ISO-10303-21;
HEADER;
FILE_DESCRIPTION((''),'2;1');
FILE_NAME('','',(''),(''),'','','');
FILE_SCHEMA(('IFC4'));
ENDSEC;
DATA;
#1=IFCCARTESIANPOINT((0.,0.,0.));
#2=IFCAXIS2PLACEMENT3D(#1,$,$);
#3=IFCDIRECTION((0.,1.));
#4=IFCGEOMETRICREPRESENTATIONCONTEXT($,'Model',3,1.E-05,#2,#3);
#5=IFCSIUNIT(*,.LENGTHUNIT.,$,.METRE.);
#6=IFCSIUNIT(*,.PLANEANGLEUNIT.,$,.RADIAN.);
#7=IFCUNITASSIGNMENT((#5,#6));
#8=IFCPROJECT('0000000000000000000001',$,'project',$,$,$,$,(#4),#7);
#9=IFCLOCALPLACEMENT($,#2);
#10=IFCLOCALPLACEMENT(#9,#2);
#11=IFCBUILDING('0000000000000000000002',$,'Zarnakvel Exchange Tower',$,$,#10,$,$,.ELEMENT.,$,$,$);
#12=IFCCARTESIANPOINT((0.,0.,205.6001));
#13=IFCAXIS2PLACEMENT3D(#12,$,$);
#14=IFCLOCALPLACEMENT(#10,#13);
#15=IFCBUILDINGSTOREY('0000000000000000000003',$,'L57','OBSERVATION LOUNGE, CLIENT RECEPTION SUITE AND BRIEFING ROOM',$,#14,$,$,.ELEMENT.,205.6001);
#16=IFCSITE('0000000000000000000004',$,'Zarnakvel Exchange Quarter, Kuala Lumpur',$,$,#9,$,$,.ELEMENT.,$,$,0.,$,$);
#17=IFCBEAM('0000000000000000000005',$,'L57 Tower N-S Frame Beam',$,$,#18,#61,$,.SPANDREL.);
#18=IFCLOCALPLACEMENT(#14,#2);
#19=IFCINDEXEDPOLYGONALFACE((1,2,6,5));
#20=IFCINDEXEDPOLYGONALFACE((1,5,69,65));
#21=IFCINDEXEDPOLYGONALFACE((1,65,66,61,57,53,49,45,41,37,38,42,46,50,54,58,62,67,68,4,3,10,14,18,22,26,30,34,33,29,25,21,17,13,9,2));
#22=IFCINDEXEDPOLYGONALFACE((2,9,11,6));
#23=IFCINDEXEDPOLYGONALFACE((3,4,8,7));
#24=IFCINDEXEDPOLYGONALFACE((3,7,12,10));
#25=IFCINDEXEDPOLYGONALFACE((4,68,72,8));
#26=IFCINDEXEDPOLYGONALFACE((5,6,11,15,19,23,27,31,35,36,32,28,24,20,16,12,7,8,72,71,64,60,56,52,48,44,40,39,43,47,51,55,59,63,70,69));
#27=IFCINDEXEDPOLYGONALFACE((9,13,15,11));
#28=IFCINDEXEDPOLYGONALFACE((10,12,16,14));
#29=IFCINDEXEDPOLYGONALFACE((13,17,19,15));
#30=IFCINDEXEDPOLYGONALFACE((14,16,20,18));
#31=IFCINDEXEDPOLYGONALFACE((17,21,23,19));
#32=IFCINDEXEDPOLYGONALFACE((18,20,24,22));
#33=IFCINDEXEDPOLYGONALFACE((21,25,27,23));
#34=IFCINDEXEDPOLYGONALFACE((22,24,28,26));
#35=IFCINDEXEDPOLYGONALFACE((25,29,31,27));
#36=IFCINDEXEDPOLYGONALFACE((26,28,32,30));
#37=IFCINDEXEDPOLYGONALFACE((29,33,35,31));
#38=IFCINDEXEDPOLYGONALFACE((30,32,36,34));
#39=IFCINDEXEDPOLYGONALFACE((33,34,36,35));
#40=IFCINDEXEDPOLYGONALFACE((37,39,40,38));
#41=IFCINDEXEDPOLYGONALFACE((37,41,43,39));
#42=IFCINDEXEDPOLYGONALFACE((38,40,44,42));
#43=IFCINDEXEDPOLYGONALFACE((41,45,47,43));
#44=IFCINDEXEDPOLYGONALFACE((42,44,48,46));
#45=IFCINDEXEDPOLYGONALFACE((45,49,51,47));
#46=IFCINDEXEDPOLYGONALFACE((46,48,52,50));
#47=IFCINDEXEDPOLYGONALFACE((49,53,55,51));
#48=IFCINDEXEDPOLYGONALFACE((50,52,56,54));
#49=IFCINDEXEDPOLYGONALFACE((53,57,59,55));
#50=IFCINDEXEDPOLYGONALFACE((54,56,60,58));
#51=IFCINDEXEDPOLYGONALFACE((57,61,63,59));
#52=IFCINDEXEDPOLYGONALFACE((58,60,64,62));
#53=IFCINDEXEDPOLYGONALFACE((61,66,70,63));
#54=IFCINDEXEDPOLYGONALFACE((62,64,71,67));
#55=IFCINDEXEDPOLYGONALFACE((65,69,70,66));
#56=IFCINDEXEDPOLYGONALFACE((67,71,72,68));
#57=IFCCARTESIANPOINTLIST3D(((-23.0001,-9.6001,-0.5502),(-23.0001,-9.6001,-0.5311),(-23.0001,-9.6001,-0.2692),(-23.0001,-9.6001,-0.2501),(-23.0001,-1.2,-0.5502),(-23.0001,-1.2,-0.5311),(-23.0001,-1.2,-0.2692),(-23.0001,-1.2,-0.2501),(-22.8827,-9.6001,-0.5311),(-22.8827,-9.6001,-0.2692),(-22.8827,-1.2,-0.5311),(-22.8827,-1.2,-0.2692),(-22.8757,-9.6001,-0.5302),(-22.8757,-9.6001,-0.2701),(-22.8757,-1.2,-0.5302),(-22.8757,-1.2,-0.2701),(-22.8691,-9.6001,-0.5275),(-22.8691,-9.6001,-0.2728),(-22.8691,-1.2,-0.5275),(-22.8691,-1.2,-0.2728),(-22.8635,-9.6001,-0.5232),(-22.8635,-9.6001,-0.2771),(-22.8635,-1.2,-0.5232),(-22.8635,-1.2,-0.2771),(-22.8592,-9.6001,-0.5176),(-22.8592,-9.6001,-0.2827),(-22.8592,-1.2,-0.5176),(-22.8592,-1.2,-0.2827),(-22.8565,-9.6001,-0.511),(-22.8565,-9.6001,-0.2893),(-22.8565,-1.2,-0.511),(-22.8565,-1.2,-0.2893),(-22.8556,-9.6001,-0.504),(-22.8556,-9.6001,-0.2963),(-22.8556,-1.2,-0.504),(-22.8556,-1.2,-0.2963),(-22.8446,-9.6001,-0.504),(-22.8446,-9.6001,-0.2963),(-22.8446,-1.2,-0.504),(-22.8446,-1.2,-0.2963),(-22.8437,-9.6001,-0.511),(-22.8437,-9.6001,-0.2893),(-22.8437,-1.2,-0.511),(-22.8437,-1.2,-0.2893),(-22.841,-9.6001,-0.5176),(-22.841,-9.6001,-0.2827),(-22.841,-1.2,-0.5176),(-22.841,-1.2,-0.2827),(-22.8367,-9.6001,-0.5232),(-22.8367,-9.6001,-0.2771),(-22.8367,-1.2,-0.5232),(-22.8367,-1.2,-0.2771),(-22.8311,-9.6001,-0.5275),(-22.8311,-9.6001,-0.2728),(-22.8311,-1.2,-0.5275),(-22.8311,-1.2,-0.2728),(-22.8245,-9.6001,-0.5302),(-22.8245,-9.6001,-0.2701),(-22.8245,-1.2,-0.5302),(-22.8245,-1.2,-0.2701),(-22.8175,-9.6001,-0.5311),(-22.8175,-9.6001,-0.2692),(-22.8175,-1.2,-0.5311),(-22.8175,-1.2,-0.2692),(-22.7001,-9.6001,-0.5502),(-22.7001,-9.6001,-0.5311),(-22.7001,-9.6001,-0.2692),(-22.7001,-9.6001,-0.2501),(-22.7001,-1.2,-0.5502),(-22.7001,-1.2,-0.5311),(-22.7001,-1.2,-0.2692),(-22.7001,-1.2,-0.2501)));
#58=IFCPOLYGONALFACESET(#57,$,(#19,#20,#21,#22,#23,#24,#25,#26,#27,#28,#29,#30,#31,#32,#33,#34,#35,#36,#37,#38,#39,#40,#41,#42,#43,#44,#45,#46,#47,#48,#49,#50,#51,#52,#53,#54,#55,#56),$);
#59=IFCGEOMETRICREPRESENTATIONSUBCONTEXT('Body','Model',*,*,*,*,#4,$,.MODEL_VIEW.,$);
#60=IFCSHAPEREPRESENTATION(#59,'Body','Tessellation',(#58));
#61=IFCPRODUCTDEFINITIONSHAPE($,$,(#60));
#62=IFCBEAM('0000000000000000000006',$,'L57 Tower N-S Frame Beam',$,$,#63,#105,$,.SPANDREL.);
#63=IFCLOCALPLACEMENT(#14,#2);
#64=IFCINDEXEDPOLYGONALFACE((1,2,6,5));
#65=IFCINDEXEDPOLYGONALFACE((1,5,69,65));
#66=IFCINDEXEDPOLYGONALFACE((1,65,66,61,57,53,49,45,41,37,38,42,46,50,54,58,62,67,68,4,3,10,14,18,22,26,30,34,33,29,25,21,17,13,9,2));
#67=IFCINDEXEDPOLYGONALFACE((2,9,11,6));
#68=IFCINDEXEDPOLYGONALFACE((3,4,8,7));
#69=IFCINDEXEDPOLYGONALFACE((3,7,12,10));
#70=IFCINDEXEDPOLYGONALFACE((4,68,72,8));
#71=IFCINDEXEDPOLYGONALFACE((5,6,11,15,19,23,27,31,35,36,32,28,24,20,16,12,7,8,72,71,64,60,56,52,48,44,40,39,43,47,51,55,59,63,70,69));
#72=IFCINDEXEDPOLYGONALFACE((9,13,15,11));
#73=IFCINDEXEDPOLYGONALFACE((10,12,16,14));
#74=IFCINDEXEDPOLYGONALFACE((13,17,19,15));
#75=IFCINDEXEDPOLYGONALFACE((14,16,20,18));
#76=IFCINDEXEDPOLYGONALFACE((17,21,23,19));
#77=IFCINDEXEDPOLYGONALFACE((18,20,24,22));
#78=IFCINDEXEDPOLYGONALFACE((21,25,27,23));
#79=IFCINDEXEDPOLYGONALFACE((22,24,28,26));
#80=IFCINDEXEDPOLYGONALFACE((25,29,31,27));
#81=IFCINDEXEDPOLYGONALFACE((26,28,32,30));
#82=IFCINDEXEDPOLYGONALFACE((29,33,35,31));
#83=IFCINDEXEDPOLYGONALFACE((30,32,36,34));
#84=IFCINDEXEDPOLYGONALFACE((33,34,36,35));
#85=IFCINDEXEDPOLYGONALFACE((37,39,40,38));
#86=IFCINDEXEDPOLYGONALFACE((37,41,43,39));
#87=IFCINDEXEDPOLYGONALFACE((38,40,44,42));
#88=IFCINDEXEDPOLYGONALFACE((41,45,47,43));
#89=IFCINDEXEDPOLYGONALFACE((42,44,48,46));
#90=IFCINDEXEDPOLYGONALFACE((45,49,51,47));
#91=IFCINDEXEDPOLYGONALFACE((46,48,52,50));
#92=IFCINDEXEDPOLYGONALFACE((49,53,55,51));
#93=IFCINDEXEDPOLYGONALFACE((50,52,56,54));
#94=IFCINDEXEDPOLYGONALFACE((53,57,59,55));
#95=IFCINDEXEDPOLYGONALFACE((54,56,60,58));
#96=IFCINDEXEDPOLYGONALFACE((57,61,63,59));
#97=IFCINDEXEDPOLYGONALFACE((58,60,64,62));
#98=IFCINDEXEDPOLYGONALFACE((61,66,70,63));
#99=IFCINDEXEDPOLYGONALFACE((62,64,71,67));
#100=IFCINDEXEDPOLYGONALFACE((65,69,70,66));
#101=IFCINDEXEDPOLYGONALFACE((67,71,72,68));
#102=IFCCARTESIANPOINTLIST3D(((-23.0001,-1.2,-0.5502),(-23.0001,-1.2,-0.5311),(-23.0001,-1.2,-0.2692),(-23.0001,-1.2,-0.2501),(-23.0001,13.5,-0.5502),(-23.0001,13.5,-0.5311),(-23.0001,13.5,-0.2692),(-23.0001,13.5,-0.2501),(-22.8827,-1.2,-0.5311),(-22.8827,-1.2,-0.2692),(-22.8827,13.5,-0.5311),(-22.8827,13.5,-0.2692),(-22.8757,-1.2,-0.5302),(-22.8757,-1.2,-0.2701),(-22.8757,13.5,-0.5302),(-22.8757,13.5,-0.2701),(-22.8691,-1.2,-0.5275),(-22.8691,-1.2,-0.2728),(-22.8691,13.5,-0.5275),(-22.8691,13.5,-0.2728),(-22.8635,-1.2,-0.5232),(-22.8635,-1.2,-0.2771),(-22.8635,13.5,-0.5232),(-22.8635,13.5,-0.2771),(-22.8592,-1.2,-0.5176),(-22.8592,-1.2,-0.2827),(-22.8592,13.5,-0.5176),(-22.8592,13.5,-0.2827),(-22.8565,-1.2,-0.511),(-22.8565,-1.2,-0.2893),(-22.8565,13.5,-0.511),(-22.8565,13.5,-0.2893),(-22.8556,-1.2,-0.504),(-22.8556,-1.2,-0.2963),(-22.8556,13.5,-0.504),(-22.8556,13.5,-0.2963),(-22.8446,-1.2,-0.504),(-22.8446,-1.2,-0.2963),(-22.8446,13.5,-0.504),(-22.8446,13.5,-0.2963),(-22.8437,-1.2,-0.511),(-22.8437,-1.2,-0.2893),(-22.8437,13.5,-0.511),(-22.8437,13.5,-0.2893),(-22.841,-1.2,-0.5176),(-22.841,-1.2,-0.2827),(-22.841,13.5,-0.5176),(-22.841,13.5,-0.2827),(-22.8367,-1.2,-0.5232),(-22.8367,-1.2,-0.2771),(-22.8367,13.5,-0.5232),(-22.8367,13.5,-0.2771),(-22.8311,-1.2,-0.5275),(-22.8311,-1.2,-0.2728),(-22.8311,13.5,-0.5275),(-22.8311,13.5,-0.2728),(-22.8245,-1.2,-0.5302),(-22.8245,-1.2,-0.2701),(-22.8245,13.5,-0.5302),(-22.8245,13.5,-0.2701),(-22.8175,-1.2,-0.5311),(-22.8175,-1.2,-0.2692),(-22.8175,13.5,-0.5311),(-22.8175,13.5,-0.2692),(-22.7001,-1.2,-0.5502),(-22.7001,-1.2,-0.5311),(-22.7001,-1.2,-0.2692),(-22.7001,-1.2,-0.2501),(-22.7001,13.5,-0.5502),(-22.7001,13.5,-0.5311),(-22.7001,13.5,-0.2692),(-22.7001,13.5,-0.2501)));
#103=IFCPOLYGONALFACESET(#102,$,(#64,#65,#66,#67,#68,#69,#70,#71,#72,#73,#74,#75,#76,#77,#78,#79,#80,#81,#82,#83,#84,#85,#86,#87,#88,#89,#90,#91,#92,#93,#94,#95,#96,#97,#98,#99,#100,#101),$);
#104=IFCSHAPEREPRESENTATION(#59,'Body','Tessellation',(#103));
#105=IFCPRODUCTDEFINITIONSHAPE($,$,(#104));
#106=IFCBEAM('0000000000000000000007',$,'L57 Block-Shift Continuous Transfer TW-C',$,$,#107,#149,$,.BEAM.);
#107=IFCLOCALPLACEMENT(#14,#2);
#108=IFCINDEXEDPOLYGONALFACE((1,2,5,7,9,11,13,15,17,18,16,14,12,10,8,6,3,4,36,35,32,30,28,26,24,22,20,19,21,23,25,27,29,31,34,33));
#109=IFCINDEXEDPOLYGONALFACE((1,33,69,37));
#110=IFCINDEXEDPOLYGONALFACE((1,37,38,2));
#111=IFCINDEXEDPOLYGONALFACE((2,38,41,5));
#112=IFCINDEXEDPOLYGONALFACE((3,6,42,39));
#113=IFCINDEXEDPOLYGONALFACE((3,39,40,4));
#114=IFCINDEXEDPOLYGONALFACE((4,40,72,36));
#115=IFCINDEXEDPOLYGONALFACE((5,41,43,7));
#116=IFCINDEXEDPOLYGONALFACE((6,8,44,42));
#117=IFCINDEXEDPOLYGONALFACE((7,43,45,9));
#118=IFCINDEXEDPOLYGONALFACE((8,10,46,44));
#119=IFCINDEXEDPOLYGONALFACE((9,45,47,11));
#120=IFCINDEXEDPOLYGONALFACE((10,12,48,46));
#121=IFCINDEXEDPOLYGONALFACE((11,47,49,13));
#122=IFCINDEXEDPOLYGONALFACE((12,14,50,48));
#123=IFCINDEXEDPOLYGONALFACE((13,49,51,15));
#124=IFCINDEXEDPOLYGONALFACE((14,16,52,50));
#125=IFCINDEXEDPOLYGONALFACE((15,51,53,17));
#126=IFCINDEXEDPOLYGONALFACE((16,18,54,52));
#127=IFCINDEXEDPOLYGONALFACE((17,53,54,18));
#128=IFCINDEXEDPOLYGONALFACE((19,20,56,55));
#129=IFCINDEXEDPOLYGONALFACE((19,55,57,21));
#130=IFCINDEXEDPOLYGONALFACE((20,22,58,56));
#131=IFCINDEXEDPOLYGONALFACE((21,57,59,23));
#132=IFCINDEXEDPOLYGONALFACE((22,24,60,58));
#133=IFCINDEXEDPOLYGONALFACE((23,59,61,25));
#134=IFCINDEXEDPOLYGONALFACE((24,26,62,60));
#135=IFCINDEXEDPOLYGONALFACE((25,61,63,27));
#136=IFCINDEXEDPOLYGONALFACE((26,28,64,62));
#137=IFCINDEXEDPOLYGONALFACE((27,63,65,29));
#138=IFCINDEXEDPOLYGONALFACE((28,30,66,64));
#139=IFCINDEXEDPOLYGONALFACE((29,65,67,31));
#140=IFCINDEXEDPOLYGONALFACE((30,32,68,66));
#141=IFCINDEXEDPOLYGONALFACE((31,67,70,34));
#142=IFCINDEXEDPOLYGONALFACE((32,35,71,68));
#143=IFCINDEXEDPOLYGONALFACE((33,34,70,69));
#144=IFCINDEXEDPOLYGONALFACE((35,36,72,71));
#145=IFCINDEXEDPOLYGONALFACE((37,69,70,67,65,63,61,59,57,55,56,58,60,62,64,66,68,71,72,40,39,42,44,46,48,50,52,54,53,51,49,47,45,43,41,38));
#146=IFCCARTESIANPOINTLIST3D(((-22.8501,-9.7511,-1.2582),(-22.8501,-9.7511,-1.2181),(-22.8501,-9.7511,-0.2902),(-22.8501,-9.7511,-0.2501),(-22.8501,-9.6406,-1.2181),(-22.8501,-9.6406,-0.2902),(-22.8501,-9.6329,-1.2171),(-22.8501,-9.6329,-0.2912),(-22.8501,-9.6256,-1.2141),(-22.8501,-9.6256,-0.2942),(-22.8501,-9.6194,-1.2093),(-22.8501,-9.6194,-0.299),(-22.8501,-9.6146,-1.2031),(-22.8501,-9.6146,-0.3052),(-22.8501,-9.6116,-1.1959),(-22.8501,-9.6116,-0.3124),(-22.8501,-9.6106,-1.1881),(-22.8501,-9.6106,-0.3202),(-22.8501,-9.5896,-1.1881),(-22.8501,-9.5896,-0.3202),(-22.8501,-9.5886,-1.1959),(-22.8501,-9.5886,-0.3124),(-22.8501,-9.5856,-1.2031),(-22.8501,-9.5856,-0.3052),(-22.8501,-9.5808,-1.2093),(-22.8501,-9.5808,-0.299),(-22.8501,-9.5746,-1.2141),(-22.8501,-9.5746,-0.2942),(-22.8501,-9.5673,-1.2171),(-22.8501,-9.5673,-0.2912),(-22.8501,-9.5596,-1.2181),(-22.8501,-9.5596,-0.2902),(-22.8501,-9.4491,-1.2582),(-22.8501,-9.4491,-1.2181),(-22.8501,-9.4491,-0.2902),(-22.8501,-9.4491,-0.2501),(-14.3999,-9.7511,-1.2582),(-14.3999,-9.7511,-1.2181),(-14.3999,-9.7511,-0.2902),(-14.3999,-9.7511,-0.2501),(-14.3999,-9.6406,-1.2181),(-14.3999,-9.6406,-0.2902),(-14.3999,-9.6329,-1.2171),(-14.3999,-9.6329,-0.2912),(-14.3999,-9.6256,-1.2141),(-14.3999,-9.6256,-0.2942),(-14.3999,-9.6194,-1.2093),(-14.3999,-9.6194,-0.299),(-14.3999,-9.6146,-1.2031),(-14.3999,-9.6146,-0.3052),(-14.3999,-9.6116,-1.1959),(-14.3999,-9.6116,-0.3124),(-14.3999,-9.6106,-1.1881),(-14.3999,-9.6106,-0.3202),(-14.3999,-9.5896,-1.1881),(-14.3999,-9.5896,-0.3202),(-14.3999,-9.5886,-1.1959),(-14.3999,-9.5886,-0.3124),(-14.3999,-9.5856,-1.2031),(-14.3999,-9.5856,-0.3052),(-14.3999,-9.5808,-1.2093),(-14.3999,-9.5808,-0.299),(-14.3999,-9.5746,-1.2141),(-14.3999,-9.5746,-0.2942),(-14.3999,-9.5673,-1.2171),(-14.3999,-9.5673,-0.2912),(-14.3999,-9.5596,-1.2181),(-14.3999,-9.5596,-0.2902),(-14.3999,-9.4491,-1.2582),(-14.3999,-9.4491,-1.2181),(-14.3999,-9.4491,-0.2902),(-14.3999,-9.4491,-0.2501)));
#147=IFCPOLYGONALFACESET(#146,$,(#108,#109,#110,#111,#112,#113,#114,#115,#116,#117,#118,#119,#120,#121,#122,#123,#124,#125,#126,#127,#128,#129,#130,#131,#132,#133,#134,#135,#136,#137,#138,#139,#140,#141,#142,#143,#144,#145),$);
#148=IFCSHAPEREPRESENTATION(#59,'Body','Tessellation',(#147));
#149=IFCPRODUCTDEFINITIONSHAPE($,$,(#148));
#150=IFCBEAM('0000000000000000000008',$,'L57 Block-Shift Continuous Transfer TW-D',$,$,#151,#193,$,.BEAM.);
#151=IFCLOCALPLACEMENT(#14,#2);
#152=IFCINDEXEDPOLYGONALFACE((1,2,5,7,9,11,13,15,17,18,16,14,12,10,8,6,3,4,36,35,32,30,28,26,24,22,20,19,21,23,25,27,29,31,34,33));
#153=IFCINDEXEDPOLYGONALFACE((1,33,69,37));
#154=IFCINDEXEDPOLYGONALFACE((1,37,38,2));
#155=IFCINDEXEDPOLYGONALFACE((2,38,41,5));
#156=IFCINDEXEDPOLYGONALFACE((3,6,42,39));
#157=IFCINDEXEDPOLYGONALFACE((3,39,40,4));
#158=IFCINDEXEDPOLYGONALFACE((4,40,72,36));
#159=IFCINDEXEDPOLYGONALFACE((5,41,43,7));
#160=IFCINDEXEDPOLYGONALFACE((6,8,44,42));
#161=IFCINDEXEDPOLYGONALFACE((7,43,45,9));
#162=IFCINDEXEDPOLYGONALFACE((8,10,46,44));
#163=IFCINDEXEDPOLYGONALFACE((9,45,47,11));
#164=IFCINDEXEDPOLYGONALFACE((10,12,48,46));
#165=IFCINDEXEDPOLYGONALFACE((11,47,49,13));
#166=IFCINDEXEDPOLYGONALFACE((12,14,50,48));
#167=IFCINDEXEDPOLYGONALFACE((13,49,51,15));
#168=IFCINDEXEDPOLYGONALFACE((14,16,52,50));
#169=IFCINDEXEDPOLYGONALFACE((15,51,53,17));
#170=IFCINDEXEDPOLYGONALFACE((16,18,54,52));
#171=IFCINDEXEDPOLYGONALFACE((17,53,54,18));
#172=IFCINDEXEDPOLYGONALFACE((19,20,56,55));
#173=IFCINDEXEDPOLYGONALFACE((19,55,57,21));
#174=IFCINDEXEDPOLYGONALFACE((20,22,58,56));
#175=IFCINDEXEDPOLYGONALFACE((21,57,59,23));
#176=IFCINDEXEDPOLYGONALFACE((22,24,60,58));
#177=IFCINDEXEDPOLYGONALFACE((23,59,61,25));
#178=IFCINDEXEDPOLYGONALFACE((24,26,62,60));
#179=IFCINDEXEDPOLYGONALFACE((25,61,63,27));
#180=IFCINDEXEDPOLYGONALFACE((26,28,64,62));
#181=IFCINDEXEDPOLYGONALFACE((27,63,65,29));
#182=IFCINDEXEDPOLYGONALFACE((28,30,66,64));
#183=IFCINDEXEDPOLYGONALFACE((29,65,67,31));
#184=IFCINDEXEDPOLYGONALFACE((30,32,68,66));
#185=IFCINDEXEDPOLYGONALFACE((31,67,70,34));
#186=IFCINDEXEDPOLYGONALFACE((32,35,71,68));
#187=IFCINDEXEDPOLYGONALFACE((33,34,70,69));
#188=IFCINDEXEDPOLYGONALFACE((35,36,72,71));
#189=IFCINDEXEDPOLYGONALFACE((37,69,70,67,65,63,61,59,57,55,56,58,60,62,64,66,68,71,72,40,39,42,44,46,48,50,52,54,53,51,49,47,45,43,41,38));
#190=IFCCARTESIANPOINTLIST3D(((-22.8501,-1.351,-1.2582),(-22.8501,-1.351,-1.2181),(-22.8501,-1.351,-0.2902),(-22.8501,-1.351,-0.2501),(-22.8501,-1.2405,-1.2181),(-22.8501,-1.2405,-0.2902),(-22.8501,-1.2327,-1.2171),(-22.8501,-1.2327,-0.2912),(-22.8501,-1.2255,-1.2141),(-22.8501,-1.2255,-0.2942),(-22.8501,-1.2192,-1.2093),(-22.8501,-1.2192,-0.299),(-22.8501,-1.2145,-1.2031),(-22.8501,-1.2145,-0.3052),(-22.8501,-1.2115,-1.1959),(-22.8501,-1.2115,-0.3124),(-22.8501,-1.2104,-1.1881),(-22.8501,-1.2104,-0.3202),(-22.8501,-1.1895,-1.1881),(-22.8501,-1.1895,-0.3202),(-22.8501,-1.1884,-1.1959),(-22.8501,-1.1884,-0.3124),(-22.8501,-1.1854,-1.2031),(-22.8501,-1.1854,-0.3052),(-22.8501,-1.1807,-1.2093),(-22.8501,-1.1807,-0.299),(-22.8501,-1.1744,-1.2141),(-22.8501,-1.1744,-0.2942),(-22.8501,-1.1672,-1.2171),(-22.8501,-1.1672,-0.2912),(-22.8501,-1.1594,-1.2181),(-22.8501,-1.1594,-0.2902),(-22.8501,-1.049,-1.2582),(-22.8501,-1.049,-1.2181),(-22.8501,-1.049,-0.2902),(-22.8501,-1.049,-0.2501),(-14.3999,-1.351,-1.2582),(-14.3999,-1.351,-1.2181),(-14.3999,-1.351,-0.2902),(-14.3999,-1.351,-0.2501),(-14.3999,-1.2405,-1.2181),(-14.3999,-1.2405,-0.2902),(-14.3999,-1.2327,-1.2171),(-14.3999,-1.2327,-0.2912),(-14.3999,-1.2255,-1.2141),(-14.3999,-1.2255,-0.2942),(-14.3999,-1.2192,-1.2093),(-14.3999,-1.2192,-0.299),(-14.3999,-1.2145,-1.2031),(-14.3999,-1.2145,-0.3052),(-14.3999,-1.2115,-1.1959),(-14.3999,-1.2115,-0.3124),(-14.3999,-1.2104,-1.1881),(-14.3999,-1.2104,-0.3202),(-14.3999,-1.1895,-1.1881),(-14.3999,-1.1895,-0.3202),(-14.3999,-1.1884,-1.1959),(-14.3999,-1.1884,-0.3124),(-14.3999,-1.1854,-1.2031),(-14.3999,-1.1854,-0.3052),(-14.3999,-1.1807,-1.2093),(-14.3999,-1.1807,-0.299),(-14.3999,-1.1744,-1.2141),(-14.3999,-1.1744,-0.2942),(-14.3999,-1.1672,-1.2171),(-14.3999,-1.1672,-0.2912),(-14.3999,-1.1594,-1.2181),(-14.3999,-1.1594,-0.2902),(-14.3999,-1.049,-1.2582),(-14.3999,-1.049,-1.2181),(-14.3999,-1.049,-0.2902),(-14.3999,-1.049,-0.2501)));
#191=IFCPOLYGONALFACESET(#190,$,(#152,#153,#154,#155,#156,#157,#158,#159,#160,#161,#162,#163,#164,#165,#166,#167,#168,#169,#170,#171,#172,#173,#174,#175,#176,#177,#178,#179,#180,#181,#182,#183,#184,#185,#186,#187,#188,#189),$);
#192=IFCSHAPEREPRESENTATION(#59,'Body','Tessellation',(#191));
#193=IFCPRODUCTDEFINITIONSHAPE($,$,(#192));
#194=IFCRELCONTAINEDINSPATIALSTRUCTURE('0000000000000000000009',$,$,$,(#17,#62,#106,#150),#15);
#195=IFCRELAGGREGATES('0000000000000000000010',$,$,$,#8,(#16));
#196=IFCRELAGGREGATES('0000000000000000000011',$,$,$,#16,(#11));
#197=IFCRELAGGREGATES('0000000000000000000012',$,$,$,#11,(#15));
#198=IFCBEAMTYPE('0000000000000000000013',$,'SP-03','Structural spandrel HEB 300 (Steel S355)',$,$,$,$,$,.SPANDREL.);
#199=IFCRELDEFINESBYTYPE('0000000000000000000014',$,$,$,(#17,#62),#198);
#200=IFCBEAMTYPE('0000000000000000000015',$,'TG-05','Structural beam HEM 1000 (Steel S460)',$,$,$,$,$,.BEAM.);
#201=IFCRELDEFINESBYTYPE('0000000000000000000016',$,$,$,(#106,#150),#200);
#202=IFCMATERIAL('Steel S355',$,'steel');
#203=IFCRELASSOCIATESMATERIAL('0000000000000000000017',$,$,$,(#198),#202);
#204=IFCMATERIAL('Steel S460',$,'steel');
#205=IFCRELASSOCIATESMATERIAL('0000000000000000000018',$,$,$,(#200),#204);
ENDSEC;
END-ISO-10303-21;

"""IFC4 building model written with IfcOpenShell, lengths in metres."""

from ifc_helpers import new_model, si_unit, direction, frame, origin, origin_2d, place, context, subcontext, project, spatial, i_section, extrude, material, material_profile, profile_set, type_object, element, save


model = new_model("IFC4")

# Units and contexts
model_context = context("Model", 3, precision=1e-05, world=origin(), true_north=direction((0.0, 1.0)))
body_context = subcontext(model_context, "Body", "Model", "MODEL_VIEW")
ifc_project = project(units=[si_unit("LENGTHUNIT", "METRE"), si_unit("PLANEANGLEUNIT", "RADIAN")], contexts=[model_context])

# Site, building, storey
site_placement = place(None, origin())
site = spatial("IfcSite", under=ifc_project, at=site_placement, Name="Zarnakvel Exchange Quarter, Kuala Lumpur", CompositionType="ELEMENT", RefElevation=0.0)
building_placement = place(site_placement, origin())
building = spatial("IfcBuilding", under=site, at=building_placement, Name="Zarnakvel Exchange Tower", CompositionType="ELEMENT")
storey_placement = place(building_placement, frame((0.0, 0.0, 205.6001)))
storey = spatial("IfcBuildingStorey", under=building, at=storey_placement, Name="L57", Description="OBSERVATION LOUNGE, CLIENT RECEPTION SUITE AND BRIEFING ROOM", CompositionType="ELEMENT", Elevation=205.6001)

# Shared definitions
ifc_material_1 = material(Name="Steel S355", Category="steel")

# Beams
ifc_material_profile_1 = material_profile(ifc_material_1, i_section(OverallWidth=0.3, OverallDepth=0.3, WebThickness=0.011, FlangeThickness=0.019, FilletRadius=0.0271, at=origin_2d()))
ifc_profile_set_1 = profile_set([ifc_material_profile_1], Name="Steel S355")
beam_type_1 = type_object("IfcBeamType", Name="SP-03", Description="Structural spandrel HEB 300 (Steel S355)", PredefinedType="SPANDREL", material=ifc_profile_set_1)
beam_1_placement = place(storey_placement, frame((-22.8501, -9.6001, -0.4001), z_axis=(0.0, 1.0, 0.0), x_axis=(-1.0, 0.0, 0.0)))
element("IfcBeam", 1, at=beam_1_placement, inside=storey, type_object=beam_type_1, Name="L57 Tower N-S Frame Beam", PredefinedType="SPANDREL", context=body_context, shape_type="SweptSolid", body=[
    extrude(i_section(OverallWidth=0.3, OverallDepth=0.3, WebThickness=0.011, FlangeThickness=0.019, FilletRadius=0.0271, at=origin_2d()), origin(), (0.0, 0.0, 1.0), 8.4001),
])
beam_2_placement = place(storey_placement, frame((-22.8501, -1.2, -0.4001), z_axis=(0.0, 1.0, 0.0), x_axis=(-1.0, 0.0, 0.0)))
element("IfcBeam", 2, at=beam_2_placement, inside=storey, type_object=beam_type_1, Name="L57 Tower N-S Frame Beam", PredefinedType="SPANDREL", context=body_context, shape_type="SweptSolid", body=[
    extrude(i_section(OverallWidth=0.3, OverallDepth=0.3, WebThickness=0.011, FlangeThickness=0.019, FilletRadius=0.0271, at=origin_2d()), origin(), (0.0, 0.0, 1.0), 14.7),
])
ifc_material_2 = material(Name="Steel S460", Category="steel")
ifc_material_profile_2 = material_profile(ifc_material_2, i_section(OverallWidth=0.302, OverallDepth=1.0081, WebThickness=0.021, FlangeThickness=0.04, FilletRadius=0.03, at=origin_2d()))
ifc_profile_set_2 = profile_set([ifc_material_profile_2], Name="Steel S460")
beam_type_2 = type_object("IfcBeamType", Name="TG-05", Description="Structural beam HEM 1000 (Steel S460)", PredefinedType="BEAM", material=ifc_profile_set_2)
for number, where, z_axis, x_axis, name in (
    (3, (-22.8501, -9.6001, -0.7542), (1.0, 0.0, 0.0), (0.0, 1.0, 0.0), "L57 Block-Shift Continuous Transfer TW-C"),
    (4, (-22.8501, -1.2, -0.7542), (1.0, 0.0, 0.0), (0.0, 1.0, 0.0), "L57 Block-Shift Continuous Transfer TW-D"),
):
    element("IfcBeam", number, at=place(storey_placement, frame(where, z_axis=z_axis, x_axis=x_axis)), inside=storey, type_object=beam_type_2, Name=name, PredefinedType="BEAM", context=body_context, shape_type="SweptSolid", body=[
        extrude(i_section(OverallWidth=0.302, OverallDepth=1.0081, WebThickness=0.021, FlangeThickness=0.04, FilletRadius=0.03, at=origin_2d()), origin(), (0.0, 0.0, 1.0), 8.4502),
    ])

save(model, "model.ifc")
